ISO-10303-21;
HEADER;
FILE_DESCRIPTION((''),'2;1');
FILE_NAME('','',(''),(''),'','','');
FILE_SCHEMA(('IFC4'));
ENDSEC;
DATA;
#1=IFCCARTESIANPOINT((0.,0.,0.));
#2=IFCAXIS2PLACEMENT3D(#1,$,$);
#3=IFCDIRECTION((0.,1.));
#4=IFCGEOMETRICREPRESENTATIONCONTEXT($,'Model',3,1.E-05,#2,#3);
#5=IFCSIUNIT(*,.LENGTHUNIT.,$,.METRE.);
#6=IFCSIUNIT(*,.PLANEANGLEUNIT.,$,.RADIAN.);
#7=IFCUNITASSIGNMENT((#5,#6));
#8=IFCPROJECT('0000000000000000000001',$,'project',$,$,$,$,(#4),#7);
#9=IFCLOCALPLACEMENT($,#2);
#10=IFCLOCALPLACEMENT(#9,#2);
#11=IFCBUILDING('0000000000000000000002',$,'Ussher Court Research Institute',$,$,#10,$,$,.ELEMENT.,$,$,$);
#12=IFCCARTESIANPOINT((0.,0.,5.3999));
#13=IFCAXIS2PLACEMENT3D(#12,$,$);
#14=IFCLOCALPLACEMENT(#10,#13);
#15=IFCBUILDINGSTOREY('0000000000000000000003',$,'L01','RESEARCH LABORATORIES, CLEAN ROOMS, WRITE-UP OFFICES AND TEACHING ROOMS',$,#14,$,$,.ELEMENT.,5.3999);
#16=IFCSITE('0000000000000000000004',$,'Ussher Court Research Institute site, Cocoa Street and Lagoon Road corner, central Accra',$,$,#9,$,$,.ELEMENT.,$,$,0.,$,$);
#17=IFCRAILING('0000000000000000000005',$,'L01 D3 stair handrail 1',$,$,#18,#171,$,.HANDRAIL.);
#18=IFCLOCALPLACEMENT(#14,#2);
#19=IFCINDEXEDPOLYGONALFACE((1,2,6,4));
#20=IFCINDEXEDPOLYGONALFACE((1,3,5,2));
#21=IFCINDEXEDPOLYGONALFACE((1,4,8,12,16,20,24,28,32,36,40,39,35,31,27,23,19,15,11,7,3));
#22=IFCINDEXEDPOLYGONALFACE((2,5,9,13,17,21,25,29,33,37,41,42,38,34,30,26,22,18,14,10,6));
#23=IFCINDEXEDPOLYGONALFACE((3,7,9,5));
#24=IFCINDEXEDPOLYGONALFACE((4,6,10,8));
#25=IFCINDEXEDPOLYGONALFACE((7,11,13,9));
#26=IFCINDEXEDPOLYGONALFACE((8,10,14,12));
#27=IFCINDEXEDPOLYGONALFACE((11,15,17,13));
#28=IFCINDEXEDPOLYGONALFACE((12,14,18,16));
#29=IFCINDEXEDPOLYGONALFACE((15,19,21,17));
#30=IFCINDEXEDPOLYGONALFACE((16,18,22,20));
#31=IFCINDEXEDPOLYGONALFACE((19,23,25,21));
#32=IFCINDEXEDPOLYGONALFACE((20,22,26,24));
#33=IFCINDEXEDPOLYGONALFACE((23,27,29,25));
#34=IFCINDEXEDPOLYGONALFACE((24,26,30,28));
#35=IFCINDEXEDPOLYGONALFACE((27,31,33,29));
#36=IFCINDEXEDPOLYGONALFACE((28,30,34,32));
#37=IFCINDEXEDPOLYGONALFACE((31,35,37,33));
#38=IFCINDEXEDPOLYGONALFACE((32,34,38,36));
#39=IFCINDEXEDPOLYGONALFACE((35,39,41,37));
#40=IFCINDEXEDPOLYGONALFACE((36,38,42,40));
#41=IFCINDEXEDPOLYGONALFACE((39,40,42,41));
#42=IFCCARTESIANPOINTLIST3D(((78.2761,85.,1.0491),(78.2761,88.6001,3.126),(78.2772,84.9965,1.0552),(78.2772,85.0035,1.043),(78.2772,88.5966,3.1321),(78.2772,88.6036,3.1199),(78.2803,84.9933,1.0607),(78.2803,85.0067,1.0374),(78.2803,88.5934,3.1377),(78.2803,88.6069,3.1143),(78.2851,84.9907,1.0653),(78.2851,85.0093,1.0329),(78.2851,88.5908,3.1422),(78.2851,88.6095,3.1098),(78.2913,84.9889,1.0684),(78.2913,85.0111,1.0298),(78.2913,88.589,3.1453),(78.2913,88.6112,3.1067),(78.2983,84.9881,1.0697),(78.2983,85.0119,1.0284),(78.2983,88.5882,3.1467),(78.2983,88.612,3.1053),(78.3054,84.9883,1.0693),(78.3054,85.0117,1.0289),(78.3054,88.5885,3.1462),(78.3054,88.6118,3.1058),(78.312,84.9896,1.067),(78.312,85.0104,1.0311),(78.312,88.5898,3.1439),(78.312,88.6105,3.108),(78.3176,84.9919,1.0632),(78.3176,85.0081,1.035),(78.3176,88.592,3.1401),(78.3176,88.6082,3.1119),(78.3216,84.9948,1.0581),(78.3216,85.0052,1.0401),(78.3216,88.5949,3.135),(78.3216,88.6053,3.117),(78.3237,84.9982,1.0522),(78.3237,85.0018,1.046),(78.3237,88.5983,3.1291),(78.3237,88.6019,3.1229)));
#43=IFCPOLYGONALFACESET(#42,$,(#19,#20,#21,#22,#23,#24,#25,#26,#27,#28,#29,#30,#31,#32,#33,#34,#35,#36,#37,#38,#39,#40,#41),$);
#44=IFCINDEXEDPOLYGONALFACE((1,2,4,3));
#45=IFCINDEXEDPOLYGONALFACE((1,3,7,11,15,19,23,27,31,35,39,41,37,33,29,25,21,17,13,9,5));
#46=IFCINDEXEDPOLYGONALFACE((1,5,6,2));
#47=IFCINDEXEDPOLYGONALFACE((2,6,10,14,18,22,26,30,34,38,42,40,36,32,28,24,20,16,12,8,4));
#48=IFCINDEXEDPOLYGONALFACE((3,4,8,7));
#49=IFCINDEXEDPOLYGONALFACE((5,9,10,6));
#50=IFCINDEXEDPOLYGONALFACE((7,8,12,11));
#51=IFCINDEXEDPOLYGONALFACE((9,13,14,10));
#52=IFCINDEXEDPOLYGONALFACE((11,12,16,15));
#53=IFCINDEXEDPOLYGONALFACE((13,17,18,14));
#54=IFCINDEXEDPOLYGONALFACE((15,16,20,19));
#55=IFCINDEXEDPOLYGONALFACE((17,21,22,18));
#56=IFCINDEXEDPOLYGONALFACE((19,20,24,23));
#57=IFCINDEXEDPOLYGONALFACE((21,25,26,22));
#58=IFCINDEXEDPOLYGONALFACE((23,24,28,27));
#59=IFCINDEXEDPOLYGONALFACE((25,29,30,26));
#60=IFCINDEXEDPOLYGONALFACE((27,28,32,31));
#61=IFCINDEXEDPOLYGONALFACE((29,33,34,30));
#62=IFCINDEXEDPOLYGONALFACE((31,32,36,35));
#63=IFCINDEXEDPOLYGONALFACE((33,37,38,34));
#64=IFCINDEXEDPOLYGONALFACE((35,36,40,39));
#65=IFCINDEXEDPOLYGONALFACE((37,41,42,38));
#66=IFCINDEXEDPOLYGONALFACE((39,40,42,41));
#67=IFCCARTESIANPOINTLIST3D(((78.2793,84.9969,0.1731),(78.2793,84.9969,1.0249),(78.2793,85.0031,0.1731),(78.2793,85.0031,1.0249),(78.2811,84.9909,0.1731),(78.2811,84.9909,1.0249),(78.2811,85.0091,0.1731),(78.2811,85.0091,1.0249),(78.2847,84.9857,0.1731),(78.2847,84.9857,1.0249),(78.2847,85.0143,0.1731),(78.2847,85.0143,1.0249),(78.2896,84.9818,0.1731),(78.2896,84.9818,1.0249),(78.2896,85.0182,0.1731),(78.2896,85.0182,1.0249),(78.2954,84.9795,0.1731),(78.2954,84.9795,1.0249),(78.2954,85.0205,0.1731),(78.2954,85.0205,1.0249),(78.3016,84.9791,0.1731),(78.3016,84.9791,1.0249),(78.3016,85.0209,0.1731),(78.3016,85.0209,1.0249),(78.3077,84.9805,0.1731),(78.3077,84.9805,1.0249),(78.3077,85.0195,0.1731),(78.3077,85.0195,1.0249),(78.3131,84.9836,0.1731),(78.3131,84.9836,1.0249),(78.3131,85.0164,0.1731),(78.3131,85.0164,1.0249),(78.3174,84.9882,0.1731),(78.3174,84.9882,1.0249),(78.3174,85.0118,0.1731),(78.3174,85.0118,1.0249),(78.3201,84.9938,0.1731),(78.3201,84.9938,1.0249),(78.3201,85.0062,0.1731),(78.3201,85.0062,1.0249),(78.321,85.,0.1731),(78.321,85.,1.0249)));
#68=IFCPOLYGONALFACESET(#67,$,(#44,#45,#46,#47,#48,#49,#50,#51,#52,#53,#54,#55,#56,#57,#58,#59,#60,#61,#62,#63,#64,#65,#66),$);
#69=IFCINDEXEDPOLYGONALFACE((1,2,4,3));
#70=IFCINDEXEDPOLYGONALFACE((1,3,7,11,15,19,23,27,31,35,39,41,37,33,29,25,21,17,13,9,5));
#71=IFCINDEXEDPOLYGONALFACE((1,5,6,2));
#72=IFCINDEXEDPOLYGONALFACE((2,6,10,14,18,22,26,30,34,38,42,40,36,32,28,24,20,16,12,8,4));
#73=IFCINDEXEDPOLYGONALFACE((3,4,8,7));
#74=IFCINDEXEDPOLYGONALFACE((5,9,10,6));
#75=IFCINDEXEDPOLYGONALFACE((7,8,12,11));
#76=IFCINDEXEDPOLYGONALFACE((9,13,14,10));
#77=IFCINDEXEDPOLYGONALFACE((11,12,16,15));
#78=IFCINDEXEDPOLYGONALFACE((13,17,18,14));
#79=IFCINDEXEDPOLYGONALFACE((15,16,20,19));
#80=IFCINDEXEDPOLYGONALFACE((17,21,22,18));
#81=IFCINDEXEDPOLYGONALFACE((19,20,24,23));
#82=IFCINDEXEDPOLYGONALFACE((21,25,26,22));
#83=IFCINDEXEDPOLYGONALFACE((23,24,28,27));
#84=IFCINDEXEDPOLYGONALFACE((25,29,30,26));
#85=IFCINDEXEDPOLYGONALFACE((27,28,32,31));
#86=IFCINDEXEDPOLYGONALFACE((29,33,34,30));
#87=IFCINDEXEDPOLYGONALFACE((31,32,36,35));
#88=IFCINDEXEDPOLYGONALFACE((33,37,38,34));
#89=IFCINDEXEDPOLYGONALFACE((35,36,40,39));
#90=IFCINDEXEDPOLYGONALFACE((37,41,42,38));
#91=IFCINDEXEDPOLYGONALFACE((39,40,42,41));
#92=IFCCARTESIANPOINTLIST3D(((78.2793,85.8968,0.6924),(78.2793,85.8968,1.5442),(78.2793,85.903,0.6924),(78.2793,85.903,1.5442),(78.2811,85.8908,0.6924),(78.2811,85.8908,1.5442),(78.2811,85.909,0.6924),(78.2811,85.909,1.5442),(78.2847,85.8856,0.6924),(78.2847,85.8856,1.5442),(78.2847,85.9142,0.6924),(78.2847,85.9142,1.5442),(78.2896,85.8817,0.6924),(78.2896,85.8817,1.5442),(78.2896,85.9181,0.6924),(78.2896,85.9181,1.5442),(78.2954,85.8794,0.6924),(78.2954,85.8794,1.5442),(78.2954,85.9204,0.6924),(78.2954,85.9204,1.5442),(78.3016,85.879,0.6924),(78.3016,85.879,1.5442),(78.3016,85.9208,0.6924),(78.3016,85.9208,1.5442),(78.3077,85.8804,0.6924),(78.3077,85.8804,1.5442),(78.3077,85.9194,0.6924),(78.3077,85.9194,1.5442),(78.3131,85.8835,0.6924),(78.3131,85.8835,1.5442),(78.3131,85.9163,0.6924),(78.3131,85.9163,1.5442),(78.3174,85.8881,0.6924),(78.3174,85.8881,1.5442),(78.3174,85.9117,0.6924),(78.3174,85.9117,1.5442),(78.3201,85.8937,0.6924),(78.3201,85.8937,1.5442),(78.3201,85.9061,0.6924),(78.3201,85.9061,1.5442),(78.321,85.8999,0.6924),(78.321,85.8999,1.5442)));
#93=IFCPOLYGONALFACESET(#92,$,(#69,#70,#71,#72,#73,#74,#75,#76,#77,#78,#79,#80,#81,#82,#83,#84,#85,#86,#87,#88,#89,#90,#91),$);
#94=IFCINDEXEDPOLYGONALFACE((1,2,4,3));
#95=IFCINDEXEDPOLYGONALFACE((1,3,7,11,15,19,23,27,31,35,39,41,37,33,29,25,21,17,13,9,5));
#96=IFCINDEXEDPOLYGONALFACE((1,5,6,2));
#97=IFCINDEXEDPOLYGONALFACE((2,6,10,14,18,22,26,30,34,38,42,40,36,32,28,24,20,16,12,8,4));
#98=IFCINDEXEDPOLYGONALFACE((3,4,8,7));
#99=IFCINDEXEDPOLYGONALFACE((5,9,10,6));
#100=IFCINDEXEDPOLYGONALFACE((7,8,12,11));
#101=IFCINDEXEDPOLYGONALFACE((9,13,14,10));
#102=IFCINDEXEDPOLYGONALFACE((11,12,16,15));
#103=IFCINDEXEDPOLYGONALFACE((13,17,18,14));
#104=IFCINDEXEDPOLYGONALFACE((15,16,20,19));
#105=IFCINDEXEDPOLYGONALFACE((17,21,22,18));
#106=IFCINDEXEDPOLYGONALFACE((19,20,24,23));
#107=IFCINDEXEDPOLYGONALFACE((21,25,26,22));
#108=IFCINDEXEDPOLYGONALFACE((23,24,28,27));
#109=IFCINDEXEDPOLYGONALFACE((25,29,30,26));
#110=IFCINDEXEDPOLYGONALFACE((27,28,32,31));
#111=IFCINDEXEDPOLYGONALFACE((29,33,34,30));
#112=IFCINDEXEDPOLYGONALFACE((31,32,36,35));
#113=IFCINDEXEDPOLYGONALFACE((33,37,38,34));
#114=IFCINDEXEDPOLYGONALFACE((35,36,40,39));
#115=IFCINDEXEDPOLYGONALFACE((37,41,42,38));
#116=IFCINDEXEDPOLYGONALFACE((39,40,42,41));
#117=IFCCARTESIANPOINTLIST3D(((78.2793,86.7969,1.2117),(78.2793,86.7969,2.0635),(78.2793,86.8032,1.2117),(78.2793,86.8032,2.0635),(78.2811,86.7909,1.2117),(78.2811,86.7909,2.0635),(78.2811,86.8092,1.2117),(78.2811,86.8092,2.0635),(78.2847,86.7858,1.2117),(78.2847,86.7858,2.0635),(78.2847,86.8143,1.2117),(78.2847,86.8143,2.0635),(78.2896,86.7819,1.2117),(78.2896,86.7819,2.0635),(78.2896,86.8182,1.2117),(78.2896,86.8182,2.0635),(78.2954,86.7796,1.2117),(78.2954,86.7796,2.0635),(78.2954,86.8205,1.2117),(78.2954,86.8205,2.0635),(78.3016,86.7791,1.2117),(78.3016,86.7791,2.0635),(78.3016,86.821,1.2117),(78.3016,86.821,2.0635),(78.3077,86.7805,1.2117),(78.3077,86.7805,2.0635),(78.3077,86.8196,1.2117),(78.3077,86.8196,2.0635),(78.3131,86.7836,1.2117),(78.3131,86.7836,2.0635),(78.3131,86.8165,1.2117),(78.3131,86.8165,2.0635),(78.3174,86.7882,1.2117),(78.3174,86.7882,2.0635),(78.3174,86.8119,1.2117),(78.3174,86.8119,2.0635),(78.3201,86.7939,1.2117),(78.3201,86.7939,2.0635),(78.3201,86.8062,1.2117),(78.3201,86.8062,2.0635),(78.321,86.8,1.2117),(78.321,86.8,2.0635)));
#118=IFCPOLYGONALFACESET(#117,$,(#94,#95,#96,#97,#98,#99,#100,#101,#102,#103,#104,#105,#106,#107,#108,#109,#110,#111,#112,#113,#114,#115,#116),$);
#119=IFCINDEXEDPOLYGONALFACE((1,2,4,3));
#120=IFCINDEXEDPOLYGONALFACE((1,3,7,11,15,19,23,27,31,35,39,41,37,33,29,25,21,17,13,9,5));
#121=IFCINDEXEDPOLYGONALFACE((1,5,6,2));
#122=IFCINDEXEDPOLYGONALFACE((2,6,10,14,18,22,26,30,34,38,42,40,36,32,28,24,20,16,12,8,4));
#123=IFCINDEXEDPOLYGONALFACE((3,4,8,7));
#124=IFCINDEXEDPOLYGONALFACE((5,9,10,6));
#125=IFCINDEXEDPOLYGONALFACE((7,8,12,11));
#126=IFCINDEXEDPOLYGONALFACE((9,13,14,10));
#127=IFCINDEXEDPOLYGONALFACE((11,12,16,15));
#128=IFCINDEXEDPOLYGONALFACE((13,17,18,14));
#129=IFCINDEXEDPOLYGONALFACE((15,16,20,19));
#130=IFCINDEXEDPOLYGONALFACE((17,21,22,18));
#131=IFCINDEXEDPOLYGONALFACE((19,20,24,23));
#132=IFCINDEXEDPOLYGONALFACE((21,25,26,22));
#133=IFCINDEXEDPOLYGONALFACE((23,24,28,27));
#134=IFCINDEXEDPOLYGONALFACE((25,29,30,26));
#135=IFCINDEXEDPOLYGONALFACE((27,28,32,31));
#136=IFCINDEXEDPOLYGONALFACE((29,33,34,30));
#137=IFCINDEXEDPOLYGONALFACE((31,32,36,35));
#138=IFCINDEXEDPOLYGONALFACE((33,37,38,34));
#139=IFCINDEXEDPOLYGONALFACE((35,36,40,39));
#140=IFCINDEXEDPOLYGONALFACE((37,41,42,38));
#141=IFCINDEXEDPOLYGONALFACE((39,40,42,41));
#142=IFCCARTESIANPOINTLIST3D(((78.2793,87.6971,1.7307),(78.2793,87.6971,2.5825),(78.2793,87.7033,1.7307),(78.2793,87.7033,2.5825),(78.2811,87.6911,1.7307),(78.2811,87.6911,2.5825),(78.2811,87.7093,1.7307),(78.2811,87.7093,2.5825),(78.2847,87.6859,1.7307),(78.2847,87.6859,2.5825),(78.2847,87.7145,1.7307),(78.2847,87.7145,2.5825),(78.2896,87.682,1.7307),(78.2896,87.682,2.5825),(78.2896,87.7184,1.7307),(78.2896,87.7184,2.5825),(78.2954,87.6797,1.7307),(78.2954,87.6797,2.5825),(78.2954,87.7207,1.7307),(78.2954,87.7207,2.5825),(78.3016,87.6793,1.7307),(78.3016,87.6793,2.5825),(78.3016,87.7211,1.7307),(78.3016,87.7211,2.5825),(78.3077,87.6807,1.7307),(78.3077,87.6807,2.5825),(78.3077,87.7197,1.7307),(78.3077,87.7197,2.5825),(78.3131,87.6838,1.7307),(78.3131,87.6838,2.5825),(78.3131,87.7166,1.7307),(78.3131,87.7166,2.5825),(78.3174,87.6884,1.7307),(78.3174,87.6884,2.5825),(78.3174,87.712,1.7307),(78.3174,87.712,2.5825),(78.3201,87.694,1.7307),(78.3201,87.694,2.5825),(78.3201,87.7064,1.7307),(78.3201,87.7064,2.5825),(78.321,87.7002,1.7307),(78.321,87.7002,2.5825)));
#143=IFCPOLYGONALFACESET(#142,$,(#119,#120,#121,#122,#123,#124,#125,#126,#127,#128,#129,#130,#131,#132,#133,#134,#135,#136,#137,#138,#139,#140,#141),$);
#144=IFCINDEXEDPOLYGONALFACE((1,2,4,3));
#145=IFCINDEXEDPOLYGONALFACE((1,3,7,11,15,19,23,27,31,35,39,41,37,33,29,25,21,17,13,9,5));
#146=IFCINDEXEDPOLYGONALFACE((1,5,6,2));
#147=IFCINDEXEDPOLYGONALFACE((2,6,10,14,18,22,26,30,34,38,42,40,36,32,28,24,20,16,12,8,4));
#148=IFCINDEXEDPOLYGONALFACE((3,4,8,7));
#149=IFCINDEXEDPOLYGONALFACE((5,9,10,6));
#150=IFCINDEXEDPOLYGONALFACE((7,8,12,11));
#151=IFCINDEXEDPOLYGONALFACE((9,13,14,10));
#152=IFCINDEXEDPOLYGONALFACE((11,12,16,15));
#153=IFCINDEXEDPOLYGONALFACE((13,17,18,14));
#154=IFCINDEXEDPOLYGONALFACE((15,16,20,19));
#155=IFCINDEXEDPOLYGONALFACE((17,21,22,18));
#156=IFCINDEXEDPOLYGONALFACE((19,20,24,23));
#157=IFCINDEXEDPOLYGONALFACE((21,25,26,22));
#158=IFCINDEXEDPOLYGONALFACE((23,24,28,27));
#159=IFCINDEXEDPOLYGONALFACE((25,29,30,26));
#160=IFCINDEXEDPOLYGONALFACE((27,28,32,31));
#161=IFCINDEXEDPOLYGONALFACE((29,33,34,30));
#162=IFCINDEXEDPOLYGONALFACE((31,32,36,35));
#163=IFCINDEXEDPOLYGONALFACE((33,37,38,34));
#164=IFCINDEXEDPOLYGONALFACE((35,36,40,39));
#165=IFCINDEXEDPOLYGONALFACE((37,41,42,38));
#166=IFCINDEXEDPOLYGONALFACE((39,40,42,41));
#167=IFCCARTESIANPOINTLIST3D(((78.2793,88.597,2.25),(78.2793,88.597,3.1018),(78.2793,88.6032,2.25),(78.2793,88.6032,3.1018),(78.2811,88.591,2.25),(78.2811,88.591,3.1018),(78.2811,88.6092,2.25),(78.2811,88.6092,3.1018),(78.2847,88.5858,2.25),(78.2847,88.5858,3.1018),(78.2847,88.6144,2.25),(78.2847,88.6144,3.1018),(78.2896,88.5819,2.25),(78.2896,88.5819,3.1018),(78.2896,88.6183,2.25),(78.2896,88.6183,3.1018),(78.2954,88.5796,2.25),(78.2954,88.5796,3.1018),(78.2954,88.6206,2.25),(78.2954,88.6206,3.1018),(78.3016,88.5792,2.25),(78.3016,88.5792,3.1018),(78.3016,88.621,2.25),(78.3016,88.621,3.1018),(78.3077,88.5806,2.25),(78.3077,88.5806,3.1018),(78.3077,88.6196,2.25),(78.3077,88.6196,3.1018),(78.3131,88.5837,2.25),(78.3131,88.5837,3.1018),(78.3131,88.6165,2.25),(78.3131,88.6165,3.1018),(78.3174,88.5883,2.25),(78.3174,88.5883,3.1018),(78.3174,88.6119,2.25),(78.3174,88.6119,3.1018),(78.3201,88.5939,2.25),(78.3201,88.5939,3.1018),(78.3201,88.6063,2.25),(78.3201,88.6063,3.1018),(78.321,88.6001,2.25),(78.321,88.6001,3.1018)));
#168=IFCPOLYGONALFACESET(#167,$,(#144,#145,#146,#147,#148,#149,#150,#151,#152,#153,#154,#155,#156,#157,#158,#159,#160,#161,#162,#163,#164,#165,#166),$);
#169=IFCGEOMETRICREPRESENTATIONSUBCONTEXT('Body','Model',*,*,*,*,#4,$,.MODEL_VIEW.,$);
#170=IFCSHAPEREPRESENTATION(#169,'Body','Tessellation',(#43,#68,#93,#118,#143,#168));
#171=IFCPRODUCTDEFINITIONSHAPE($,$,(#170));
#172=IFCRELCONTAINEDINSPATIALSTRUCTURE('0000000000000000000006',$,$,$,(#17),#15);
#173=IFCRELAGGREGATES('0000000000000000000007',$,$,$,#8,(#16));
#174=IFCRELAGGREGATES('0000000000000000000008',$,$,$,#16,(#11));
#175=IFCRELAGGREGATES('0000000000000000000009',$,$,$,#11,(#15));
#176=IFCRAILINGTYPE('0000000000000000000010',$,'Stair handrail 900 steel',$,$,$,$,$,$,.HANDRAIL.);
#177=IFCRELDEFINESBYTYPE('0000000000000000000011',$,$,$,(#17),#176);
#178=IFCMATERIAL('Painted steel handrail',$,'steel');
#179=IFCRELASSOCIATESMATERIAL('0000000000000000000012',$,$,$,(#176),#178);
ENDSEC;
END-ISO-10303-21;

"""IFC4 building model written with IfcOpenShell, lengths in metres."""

from ifc_helpers import new_model, si_unit, direction, frame, origin, origin_2d, place, context, subcontext, project, spatial, circle, extrude, material, type_object, element, save


model = new_model("IFC4")

# Units and contexts
model_context = context("Model", 3, precision=1e-05, world=origin(), true_north=direction((0.0, 1.0)))
body_context = subcontext(model_context, "Body", "Model", "MODEL_VIEW")
ifc_project = project(units=[si_unit("LENGTHUNIT", "METRE"), si_unit("PLANEANGLEUNIT", "RADIAN")], contexts=[model_context])

# Site, building, storey
site_placement = place(None, origin())
site = spatial("IfcSite", under=ifc_project, at=site_placement, Name="Ussher Court Research Institute site, Cocoa Street and Lagoon Road corner, central Accra", CompositionType="ELEMENT", RefElevation=0.0)
building_placement = place(site_placement, origin())
building = spatial("IfcBuilding", under=site, at=building_placement, Name="Ussher Court Research Institute", CompositionType="ELEMENT")
storey_placement = place(building_placement, frame((0.0, 0.0, 5.3999)))
storey = spatial("IfcBuildingStorey", under=building, at=storey_placement, Name="L01", Description="RESEARCH LABORATORIES, CLEAN ROOMS, WRITE-UP OFFICES AND TEACHING ROOMS", CompositionType="ELEMENT", Elevation=5.3999)

# Railing
ifc_material_1 = material(Name="Painted steel handrail", Category="steel")
railing_type_1 = type_object("IfcRailingType", Name="Stair handrail 900 steel", PredefinedType="HANDRAIL", material=ifc_material_1)
railing_1_placement = place(storey_placement, frame((78.3, 85.0, 0.1731)))
element("IfcRailing", 1, at=railing_1_placement, inside=storey, type_object=railing_type_1, Name="L01 D3 stair handrail 1", PredefinedType="HANDRAIL", context=body_context, shape_type="SweptSolid", body=[
    extrude(circle(Radius=0.0239, at=origin_2d()), frame((0.0, 0.0, 0.876), z_axis=(0.0, 0.866193, 0.499709), x_axis=(-1.0, 0.0, 0.0)), (0.0, 0.0, 1.0), 4.1562),
    extrude(circle(Radius=0.021, at=origin_2d()), origin(), (0.0, 0.0, 1.0), 0.8518),
    extrude(circle(Radius=0.021, at=origin_2d()), frame((0.0, 0.8999, 0.5193)), (0.0, 0.0, 1.0), 0.8518),
    extrude(circle(Radius=0.021, at=origin_2d()), frame((0.0, 1.8, 1.0386)), (0.0, 0.0, 1.0), 0.8518),
    extrude(circle(Radius=0.021, at=origin_2d()), frame((0.0, 2.7002, 1.5576)), (0.0, 0.0, 1.0), 0.8518),
    extrude(circle(Radius=0.021, at=origin_2d()), frame((0.0, 3.6001, 2.0769)), (0.0, 0.0, 1.0), 0.8518),
])

save(model, "model.ifc")
